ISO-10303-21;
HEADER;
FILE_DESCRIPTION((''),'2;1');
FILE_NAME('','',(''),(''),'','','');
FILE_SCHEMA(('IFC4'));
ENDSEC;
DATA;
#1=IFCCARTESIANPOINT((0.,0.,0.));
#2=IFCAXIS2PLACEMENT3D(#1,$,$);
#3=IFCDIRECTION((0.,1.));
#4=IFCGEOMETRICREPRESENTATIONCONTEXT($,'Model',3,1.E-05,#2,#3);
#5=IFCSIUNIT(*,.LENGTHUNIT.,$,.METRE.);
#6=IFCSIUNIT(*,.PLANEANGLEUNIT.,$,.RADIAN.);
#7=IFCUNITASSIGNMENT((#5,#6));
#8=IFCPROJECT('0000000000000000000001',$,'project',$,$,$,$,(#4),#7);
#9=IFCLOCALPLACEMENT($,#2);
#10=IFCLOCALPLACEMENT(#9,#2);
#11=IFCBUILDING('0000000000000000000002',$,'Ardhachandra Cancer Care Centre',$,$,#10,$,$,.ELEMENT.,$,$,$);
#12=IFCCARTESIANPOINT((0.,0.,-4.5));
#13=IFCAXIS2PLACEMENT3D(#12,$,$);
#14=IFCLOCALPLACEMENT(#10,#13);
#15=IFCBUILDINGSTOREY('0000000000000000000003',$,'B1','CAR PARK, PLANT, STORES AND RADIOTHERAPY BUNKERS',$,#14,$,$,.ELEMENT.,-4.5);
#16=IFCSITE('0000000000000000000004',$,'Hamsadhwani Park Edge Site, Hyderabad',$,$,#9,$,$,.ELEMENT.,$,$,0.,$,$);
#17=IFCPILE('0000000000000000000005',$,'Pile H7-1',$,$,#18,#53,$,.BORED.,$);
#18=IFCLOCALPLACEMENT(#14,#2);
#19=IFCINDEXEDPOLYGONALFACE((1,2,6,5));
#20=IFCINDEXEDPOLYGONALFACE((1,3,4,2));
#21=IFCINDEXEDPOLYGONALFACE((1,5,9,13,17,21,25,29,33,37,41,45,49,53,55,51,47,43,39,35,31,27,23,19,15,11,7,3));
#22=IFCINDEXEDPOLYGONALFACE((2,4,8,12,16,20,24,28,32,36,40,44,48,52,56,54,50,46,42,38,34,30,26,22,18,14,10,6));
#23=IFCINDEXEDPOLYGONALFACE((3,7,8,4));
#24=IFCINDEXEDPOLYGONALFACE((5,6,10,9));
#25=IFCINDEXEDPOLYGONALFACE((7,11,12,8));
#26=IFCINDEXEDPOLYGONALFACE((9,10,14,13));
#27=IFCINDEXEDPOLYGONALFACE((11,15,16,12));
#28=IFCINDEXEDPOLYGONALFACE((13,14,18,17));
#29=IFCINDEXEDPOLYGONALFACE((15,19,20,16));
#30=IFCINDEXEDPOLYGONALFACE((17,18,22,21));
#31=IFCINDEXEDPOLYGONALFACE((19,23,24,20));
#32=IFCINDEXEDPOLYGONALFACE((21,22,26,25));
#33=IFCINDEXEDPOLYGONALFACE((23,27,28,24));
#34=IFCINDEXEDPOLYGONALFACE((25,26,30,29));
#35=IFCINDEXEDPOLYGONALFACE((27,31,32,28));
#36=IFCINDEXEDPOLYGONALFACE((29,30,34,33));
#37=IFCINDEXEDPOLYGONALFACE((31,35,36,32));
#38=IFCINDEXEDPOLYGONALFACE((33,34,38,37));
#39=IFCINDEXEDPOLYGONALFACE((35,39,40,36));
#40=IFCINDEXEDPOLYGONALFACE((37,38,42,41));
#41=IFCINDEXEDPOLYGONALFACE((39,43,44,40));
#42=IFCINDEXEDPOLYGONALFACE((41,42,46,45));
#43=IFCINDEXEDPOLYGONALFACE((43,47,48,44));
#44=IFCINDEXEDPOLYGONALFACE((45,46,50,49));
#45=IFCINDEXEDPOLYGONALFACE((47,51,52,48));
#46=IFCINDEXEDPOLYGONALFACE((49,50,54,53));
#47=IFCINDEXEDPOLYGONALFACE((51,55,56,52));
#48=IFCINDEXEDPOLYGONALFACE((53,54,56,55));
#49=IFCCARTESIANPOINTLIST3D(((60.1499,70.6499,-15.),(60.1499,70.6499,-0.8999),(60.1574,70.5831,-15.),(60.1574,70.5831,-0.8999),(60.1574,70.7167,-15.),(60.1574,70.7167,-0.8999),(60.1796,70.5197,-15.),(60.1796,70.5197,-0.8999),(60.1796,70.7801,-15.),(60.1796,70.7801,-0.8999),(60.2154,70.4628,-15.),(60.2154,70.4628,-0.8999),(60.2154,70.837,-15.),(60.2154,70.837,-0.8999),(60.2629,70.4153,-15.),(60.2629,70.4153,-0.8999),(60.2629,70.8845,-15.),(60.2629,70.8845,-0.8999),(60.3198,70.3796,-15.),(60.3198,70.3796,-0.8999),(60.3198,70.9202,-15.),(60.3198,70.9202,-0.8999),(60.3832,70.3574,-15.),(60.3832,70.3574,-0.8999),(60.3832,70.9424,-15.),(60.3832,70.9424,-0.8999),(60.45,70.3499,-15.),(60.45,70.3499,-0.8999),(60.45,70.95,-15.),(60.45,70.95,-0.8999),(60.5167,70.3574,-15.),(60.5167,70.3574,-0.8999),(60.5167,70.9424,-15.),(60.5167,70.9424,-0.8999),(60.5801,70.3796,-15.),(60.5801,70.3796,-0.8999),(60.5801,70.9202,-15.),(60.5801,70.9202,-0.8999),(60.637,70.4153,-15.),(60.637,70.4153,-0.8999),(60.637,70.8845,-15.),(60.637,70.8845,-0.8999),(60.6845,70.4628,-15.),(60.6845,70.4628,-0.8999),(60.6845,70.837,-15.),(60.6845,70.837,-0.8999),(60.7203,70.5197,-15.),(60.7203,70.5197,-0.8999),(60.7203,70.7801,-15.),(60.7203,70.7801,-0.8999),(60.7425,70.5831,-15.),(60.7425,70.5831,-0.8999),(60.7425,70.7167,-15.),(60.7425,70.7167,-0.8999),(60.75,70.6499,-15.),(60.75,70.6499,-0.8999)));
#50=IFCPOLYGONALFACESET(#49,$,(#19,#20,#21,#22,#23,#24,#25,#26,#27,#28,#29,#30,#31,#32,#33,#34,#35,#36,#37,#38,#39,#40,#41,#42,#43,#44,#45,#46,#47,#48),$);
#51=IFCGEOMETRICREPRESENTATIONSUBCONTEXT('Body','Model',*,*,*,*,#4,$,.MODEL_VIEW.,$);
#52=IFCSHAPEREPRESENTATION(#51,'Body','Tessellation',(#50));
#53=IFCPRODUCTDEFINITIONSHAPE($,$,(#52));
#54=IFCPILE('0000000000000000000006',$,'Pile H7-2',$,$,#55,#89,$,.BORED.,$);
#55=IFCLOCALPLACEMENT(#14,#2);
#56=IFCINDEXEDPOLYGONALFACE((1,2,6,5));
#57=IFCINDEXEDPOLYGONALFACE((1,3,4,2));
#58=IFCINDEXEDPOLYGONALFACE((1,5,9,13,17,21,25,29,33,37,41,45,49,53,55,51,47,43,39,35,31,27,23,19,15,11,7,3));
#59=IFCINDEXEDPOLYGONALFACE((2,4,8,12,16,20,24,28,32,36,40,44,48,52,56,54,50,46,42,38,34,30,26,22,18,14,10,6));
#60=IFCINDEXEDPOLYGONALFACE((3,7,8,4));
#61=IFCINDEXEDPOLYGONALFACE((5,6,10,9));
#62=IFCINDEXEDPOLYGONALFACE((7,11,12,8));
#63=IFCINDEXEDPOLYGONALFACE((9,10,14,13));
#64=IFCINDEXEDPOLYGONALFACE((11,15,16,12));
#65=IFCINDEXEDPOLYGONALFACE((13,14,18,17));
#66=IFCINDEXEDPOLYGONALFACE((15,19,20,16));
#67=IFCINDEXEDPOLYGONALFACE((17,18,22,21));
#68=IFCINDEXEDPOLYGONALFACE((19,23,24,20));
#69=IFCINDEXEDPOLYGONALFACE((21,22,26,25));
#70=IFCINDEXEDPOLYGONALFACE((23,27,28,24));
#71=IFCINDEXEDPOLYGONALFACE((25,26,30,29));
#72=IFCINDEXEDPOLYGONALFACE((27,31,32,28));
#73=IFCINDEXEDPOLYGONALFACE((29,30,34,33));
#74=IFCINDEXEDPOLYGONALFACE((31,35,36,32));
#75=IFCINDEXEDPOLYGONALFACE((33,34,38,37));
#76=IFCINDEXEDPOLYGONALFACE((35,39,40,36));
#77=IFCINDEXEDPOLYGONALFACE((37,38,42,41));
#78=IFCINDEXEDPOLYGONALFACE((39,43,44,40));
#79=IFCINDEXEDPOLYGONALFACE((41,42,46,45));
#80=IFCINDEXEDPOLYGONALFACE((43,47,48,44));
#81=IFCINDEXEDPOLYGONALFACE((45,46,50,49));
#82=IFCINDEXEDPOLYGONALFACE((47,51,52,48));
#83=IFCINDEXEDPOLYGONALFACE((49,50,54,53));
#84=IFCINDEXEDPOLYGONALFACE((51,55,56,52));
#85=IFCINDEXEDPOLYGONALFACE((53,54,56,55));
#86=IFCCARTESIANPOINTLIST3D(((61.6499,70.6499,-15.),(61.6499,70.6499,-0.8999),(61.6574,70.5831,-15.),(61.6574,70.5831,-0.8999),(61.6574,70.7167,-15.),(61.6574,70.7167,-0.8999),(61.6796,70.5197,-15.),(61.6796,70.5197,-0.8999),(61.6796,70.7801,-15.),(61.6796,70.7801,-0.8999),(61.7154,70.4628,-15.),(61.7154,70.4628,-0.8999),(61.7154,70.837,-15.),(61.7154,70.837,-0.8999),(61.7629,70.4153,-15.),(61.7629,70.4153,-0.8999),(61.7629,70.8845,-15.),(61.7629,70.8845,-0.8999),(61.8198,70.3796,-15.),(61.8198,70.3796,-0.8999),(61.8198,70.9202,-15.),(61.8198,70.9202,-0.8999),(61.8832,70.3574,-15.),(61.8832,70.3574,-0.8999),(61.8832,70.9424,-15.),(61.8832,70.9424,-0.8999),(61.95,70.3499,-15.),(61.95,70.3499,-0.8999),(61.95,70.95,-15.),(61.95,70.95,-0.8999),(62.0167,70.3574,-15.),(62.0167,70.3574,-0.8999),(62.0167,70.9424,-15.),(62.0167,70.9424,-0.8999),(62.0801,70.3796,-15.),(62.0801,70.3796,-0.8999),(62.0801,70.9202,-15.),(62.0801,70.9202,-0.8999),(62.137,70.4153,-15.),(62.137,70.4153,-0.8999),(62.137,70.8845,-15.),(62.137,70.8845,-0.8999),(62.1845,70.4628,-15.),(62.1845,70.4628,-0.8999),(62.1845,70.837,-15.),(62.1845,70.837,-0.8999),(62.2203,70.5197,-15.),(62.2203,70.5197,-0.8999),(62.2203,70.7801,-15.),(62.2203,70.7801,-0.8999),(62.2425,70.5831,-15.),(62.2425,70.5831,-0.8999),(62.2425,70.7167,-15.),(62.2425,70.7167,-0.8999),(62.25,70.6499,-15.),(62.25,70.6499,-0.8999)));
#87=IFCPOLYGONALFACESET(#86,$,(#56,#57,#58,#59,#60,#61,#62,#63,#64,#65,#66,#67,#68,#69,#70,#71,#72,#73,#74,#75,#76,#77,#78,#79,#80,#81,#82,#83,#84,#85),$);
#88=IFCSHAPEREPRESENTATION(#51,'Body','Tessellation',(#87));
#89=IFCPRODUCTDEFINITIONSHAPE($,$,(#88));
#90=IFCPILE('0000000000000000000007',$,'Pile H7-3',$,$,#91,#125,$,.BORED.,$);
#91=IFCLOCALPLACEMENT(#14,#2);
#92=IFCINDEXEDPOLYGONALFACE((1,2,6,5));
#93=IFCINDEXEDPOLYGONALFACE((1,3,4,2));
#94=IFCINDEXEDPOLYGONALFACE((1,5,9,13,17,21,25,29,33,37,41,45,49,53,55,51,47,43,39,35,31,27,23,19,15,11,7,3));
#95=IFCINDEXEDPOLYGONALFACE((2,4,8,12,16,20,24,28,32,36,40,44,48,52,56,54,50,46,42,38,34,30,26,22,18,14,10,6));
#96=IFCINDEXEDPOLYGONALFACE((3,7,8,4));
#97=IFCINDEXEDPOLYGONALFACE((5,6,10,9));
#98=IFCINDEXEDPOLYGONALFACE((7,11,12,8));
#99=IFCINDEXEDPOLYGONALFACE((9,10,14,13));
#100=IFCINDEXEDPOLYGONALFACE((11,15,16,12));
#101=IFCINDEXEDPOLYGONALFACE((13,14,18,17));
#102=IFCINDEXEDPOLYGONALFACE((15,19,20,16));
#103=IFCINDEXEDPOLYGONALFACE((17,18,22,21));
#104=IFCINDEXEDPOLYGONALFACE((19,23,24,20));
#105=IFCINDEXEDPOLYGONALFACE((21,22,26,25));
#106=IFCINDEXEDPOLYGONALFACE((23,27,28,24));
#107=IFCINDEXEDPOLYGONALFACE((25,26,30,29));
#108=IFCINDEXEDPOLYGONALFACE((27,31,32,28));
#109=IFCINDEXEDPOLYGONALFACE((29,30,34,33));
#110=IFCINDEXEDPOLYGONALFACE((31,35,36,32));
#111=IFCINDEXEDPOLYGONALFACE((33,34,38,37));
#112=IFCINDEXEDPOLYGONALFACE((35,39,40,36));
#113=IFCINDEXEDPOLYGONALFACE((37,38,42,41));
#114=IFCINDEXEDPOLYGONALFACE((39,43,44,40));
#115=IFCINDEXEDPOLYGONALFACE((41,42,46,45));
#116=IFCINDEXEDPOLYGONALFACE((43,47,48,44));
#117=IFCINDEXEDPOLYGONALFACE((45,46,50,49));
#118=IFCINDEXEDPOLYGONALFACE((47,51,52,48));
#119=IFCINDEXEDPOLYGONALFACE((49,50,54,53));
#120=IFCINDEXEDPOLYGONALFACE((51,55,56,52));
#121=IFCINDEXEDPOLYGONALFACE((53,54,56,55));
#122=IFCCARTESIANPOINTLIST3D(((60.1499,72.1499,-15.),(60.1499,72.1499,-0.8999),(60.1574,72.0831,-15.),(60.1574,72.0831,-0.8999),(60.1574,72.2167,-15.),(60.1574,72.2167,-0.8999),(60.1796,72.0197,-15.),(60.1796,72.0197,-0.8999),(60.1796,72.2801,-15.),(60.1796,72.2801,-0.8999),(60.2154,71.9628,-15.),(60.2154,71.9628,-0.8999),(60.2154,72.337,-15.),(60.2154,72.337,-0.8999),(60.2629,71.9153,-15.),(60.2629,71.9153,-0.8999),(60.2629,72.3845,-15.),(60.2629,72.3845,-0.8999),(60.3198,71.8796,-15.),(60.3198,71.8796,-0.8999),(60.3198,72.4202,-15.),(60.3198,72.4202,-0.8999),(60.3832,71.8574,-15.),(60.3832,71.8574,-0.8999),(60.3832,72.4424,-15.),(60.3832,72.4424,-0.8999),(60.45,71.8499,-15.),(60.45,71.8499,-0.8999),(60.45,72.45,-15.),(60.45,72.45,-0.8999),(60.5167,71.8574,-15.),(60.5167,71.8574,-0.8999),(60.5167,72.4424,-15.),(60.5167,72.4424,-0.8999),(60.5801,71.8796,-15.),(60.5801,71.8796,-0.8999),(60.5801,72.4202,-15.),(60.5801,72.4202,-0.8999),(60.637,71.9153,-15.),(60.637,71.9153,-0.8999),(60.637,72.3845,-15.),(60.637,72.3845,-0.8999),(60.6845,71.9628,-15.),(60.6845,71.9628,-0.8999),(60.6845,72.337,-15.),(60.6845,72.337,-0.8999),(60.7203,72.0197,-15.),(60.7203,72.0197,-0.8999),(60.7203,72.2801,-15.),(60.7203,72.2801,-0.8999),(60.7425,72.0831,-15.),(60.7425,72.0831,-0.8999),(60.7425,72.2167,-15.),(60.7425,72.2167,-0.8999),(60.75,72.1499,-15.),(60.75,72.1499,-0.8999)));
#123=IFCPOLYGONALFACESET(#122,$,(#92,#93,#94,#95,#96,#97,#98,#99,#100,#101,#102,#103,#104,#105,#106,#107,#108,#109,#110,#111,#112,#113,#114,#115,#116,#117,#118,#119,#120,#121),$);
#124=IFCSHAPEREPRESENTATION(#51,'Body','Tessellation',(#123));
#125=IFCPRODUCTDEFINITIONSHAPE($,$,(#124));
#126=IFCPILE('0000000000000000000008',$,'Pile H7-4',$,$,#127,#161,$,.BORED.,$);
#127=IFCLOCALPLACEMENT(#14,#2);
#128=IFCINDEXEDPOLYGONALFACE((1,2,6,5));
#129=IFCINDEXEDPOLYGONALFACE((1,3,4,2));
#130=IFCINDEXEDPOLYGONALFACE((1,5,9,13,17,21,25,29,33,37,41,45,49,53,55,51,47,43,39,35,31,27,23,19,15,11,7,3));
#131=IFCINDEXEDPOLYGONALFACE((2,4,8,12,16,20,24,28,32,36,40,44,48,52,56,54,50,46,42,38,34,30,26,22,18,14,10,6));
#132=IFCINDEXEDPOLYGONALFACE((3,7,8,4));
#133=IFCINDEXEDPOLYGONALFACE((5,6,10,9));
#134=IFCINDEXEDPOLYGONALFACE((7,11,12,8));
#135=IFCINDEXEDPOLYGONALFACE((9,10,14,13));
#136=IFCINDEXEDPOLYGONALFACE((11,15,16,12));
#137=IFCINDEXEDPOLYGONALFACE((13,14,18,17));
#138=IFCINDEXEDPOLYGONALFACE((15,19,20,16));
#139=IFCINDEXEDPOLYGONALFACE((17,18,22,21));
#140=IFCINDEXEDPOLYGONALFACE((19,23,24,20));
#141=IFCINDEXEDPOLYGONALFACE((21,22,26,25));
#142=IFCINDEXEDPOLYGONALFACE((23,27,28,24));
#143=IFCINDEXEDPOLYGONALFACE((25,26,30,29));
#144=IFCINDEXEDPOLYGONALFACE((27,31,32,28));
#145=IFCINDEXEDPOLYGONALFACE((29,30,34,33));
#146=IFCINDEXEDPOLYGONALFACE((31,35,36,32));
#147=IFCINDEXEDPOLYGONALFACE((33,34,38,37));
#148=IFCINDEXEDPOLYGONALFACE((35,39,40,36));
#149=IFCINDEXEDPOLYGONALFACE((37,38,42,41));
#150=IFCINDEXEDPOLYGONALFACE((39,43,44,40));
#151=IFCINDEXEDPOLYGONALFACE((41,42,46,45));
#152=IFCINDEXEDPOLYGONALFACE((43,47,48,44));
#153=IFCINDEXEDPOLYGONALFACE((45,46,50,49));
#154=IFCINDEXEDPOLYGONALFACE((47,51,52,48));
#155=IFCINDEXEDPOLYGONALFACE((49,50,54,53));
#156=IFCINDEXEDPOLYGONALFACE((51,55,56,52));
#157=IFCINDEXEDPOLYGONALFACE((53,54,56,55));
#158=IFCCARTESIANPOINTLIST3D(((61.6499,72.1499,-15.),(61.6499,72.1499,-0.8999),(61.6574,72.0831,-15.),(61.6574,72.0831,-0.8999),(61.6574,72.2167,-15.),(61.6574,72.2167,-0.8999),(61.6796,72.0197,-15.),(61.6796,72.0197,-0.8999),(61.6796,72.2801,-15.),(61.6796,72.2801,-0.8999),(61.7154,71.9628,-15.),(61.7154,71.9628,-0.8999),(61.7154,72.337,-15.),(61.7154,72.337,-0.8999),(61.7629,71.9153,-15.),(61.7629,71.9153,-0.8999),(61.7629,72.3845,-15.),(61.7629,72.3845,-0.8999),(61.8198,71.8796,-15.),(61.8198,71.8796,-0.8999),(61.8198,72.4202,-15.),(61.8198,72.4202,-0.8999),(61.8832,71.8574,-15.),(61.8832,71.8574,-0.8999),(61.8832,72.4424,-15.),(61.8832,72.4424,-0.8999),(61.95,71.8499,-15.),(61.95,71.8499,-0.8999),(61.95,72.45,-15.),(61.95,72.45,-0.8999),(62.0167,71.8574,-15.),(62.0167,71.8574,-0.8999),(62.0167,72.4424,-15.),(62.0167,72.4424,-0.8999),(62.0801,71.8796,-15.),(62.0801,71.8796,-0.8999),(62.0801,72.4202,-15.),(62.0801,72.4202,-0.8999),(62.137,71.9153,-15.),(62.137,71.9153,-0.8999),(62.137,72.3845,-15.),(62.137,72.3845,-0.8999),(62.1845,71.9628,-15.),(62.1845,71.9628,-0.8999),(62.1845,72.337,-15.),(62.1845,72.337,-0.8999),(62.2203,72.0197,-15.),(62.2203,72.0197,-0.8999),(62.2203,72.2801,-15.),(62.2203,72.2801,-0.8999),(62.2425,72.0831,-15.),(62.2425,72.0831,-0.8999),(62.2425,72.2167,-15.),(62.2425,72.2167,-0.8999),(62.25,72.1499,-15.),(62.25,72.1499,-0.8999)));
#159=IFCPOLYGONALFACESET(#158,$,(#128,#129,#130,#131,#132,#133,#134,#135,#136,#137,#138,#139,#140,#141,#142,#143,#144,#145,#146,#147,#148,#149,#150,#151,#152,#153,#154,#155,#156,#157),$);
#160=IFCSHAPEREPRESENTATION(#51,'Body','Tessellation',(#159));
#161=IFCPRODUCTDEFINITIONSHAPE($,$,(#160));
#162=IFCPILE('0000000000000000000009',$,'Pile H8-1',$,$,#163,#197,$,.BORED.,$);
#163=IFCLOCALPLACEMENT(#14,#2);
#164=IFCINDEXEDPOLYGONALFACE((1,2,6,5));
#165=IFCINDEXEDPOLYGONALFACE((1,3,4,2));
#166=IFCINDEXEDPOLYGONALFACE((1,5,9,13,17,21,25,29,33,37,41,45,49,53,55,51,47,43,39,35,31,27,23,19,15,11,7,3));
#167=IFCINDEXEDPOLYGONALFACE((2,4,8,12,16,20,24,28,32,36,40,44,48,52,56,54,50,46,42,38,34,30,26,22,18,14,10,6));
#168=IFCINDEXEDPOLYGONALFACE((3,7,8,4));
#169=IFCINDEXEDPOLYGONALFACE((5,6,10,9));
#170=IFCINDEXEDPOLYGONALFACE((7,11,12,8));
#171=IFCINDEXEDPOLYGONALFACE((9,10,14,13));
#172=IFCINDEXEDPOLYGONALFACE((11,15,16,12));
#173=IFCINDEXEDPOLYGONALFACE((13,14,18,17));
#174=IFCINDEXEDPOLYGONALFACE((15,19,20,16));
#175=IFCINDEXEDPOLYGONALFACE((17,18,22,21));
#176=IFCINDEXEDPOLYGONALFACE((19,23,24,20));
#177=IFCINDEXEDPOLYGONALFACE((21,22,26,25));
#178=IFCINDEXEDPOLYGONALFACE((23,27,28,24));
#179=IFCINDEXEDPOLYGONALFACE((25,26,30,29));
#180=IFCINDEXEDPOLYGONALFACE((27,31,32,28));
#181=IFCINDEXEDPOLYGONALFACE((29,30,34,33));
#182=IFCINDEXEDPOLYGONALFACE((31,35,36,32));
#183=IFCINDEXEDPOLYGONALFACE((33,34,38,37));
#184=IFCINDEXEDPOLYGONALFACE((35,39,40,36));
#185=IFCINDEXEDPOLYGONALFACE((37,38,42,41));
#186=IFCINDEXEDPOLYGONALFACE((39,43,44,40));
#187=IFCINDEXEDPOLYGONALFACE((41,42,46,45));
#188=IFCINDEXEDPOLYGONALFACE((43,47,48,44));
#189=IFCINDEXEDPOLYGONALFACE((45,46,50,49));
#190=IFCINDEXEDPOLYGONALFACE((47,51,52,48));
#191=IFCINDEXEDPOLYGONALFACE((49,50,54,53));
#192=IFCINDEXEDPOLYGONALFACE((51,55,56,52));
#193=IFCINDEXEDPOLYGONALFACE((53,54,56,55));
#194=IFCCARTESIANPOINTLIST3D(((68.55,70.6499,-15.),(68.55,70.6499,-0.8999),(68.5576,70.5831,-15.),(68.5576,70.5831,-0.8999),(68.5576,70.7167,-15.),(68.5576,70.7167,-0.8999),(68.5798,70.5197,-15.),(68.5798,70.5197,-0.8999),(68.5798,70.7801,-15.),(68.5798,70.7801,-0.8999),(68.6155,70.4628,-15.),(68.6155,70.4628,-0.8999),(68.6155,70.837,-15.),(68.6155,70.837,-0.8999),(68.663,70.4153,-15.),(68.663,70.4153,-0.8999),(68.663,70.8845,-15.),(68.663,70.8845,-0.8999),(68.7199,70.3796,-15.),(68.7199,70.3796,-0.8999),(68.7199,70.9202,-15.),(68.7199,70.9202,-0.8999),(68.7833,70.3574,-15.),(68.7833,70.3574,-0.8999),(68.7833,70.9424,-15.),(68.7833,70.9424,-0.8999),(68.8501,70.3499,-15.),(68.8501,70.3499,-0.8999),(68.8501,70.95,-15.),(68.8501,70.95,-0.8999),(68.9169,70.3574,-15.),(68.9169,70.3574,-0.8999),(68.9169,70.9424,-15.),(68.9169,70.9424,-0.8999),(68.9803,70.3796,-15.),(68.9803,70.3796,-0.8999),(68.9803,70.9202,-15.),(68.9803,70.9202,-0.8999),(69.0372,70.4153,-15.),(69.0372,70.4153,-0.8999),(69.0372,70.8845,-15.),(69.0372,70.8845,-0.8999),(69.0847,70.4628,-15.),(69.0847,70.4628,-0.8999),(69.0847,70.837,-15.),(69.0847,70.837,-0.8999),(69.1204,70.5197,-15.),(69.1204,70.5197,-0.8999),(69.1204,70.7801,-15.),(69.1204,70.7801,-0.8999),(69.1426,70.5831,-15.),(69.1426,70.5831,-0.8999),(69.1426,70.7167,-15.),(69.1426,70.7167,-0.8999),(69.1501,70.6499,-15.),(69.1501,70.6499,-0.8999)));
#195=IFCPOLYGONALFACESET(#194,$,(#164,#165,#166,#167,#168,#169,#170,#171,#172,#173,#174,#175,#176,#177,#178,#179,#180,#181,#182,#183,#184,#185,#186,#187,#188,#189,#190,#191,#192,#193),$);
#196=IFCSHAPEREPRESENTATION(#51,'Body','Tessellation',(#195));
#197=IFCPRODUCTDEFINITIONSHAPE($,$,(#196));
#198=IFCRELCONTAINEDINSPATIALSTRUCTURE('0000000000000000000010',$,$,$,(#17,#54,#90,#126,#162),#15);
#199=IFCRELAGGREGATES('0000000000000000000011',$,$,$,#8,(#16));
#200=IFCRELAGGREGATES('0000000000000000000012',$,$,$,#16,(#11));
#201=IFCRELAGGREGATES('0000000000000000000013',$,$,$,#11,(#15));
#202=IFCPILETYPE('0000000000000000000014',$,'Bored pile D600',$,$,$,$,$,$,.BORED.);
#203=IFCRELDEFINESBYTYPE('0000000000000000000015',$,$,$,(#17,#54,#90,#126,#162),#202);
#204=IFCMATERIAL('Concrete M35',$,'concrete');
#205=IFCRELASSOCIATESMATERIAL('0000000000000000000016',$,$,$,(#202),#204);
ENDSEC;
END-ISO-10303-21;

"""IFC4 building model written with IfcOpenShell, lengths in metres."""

from ifc_helpers import new_model, si_unit, direction, frame, origin, origin_2d, place, context, subcontext, project, spatial, circle, extrude, material, material_profile, profile_set, type_object, element, save


model = new_model("IFC4")

# Units and contexts
model_context = context("Model", 3, precision=1e-05, world=origin(), true_north=direction((0.0, 1.0)))
body_context = subcontext(model_context, "Body", "Model", "MODEL_VIEW")
ifc_project = project(units=[si_unit("LENGTHUNIT", "METRE"), si_unit("PLANEANGLEUNIT", "RADIAN")], contexts=[model_context])

# Site, building, storey
site_placement = place(None, origin())
site = spatial("IfcSite", under=ifc_project, at=site_placement, Name="Hamsadhwani Park Edge Site, Hyderabad", CompositionType="ELEMENT", RefElevation=0.0)
building_placement = place(site_placement, origin())
building = spatial("IfcBuilding", under=site, at=building_placement, Name="Ardhachandra Cancer Care Centre", CompositionType="ELEMENT")
storey_placement = place(building_placement, frame((0.0, 0.0, -4.5)))
storey = spatial("IfcBuildingStorey", under=building, at=storey_placement, Name="B1", Description="CAR PARK, PLANT, STORES AND RADIOTHERAPY BUNKERS", CompositionType="ELEMENT", Elevation=-4.5)

# Piles
ifc_material_1 = material(Name="Concrete M35", Category="concrete")
ifc_material_profile_1 = material_profile(ifc_material_1, circle(Radius=0.3, at=origin_2d()), Name="D600")
ifc_profile_set_1 = profile_set([ifc_material_profile_1], Name="Concrete M35")
pile_type = type_object("IfcPileType", Name="Bored pile D600", PredefinedType="BORED", material=ifc_profile_set_1)
for number, where, z_axis, x_axis, name in (
    (1, (60.45, 70.6499, -0.8999), (0.0, 0.0, -1.0), (1.0, 0.0, 0.0), "Pile H7-1"),
    (2, (61.95, 70.6499, -0.8999), (0.0, 0.0, -1.0), (1.0, 0.0, 0.0), "Pile H7-2"),
    (3, (60.45, 72.1499, -0.8999), (0.0, 0.0, -1.0), (1.0, 0.0, 0.0), "Pile H7-3"),
    (4, (61.95, 72.1499, -0.8999), (0.0, 0.0, -1.0), (1.0, 0.0, 0.0), "Pile H7-4"),
    (5, (68.8501, 70.6499, -0.8999), (0.0, 0.0, -1.0), (1.0, 0.0, 0.0), "Pile H8-1"),
):
    element("IfcPile", number, at=place(storey_placement, frame(where, z_axis=z_axis, x_axis=x_axis)), inside=storey, type_object=pile_type, Name=name, PredefinedType="BORED", context=body_context, shape_type="SweptSolid", body=[
        extrude(circle(Radius=0.3, at=origin_2d()), origin(), (0.0, 0.0, 1.0), 14.1001),
    ])

save(model, "model.ifc")
